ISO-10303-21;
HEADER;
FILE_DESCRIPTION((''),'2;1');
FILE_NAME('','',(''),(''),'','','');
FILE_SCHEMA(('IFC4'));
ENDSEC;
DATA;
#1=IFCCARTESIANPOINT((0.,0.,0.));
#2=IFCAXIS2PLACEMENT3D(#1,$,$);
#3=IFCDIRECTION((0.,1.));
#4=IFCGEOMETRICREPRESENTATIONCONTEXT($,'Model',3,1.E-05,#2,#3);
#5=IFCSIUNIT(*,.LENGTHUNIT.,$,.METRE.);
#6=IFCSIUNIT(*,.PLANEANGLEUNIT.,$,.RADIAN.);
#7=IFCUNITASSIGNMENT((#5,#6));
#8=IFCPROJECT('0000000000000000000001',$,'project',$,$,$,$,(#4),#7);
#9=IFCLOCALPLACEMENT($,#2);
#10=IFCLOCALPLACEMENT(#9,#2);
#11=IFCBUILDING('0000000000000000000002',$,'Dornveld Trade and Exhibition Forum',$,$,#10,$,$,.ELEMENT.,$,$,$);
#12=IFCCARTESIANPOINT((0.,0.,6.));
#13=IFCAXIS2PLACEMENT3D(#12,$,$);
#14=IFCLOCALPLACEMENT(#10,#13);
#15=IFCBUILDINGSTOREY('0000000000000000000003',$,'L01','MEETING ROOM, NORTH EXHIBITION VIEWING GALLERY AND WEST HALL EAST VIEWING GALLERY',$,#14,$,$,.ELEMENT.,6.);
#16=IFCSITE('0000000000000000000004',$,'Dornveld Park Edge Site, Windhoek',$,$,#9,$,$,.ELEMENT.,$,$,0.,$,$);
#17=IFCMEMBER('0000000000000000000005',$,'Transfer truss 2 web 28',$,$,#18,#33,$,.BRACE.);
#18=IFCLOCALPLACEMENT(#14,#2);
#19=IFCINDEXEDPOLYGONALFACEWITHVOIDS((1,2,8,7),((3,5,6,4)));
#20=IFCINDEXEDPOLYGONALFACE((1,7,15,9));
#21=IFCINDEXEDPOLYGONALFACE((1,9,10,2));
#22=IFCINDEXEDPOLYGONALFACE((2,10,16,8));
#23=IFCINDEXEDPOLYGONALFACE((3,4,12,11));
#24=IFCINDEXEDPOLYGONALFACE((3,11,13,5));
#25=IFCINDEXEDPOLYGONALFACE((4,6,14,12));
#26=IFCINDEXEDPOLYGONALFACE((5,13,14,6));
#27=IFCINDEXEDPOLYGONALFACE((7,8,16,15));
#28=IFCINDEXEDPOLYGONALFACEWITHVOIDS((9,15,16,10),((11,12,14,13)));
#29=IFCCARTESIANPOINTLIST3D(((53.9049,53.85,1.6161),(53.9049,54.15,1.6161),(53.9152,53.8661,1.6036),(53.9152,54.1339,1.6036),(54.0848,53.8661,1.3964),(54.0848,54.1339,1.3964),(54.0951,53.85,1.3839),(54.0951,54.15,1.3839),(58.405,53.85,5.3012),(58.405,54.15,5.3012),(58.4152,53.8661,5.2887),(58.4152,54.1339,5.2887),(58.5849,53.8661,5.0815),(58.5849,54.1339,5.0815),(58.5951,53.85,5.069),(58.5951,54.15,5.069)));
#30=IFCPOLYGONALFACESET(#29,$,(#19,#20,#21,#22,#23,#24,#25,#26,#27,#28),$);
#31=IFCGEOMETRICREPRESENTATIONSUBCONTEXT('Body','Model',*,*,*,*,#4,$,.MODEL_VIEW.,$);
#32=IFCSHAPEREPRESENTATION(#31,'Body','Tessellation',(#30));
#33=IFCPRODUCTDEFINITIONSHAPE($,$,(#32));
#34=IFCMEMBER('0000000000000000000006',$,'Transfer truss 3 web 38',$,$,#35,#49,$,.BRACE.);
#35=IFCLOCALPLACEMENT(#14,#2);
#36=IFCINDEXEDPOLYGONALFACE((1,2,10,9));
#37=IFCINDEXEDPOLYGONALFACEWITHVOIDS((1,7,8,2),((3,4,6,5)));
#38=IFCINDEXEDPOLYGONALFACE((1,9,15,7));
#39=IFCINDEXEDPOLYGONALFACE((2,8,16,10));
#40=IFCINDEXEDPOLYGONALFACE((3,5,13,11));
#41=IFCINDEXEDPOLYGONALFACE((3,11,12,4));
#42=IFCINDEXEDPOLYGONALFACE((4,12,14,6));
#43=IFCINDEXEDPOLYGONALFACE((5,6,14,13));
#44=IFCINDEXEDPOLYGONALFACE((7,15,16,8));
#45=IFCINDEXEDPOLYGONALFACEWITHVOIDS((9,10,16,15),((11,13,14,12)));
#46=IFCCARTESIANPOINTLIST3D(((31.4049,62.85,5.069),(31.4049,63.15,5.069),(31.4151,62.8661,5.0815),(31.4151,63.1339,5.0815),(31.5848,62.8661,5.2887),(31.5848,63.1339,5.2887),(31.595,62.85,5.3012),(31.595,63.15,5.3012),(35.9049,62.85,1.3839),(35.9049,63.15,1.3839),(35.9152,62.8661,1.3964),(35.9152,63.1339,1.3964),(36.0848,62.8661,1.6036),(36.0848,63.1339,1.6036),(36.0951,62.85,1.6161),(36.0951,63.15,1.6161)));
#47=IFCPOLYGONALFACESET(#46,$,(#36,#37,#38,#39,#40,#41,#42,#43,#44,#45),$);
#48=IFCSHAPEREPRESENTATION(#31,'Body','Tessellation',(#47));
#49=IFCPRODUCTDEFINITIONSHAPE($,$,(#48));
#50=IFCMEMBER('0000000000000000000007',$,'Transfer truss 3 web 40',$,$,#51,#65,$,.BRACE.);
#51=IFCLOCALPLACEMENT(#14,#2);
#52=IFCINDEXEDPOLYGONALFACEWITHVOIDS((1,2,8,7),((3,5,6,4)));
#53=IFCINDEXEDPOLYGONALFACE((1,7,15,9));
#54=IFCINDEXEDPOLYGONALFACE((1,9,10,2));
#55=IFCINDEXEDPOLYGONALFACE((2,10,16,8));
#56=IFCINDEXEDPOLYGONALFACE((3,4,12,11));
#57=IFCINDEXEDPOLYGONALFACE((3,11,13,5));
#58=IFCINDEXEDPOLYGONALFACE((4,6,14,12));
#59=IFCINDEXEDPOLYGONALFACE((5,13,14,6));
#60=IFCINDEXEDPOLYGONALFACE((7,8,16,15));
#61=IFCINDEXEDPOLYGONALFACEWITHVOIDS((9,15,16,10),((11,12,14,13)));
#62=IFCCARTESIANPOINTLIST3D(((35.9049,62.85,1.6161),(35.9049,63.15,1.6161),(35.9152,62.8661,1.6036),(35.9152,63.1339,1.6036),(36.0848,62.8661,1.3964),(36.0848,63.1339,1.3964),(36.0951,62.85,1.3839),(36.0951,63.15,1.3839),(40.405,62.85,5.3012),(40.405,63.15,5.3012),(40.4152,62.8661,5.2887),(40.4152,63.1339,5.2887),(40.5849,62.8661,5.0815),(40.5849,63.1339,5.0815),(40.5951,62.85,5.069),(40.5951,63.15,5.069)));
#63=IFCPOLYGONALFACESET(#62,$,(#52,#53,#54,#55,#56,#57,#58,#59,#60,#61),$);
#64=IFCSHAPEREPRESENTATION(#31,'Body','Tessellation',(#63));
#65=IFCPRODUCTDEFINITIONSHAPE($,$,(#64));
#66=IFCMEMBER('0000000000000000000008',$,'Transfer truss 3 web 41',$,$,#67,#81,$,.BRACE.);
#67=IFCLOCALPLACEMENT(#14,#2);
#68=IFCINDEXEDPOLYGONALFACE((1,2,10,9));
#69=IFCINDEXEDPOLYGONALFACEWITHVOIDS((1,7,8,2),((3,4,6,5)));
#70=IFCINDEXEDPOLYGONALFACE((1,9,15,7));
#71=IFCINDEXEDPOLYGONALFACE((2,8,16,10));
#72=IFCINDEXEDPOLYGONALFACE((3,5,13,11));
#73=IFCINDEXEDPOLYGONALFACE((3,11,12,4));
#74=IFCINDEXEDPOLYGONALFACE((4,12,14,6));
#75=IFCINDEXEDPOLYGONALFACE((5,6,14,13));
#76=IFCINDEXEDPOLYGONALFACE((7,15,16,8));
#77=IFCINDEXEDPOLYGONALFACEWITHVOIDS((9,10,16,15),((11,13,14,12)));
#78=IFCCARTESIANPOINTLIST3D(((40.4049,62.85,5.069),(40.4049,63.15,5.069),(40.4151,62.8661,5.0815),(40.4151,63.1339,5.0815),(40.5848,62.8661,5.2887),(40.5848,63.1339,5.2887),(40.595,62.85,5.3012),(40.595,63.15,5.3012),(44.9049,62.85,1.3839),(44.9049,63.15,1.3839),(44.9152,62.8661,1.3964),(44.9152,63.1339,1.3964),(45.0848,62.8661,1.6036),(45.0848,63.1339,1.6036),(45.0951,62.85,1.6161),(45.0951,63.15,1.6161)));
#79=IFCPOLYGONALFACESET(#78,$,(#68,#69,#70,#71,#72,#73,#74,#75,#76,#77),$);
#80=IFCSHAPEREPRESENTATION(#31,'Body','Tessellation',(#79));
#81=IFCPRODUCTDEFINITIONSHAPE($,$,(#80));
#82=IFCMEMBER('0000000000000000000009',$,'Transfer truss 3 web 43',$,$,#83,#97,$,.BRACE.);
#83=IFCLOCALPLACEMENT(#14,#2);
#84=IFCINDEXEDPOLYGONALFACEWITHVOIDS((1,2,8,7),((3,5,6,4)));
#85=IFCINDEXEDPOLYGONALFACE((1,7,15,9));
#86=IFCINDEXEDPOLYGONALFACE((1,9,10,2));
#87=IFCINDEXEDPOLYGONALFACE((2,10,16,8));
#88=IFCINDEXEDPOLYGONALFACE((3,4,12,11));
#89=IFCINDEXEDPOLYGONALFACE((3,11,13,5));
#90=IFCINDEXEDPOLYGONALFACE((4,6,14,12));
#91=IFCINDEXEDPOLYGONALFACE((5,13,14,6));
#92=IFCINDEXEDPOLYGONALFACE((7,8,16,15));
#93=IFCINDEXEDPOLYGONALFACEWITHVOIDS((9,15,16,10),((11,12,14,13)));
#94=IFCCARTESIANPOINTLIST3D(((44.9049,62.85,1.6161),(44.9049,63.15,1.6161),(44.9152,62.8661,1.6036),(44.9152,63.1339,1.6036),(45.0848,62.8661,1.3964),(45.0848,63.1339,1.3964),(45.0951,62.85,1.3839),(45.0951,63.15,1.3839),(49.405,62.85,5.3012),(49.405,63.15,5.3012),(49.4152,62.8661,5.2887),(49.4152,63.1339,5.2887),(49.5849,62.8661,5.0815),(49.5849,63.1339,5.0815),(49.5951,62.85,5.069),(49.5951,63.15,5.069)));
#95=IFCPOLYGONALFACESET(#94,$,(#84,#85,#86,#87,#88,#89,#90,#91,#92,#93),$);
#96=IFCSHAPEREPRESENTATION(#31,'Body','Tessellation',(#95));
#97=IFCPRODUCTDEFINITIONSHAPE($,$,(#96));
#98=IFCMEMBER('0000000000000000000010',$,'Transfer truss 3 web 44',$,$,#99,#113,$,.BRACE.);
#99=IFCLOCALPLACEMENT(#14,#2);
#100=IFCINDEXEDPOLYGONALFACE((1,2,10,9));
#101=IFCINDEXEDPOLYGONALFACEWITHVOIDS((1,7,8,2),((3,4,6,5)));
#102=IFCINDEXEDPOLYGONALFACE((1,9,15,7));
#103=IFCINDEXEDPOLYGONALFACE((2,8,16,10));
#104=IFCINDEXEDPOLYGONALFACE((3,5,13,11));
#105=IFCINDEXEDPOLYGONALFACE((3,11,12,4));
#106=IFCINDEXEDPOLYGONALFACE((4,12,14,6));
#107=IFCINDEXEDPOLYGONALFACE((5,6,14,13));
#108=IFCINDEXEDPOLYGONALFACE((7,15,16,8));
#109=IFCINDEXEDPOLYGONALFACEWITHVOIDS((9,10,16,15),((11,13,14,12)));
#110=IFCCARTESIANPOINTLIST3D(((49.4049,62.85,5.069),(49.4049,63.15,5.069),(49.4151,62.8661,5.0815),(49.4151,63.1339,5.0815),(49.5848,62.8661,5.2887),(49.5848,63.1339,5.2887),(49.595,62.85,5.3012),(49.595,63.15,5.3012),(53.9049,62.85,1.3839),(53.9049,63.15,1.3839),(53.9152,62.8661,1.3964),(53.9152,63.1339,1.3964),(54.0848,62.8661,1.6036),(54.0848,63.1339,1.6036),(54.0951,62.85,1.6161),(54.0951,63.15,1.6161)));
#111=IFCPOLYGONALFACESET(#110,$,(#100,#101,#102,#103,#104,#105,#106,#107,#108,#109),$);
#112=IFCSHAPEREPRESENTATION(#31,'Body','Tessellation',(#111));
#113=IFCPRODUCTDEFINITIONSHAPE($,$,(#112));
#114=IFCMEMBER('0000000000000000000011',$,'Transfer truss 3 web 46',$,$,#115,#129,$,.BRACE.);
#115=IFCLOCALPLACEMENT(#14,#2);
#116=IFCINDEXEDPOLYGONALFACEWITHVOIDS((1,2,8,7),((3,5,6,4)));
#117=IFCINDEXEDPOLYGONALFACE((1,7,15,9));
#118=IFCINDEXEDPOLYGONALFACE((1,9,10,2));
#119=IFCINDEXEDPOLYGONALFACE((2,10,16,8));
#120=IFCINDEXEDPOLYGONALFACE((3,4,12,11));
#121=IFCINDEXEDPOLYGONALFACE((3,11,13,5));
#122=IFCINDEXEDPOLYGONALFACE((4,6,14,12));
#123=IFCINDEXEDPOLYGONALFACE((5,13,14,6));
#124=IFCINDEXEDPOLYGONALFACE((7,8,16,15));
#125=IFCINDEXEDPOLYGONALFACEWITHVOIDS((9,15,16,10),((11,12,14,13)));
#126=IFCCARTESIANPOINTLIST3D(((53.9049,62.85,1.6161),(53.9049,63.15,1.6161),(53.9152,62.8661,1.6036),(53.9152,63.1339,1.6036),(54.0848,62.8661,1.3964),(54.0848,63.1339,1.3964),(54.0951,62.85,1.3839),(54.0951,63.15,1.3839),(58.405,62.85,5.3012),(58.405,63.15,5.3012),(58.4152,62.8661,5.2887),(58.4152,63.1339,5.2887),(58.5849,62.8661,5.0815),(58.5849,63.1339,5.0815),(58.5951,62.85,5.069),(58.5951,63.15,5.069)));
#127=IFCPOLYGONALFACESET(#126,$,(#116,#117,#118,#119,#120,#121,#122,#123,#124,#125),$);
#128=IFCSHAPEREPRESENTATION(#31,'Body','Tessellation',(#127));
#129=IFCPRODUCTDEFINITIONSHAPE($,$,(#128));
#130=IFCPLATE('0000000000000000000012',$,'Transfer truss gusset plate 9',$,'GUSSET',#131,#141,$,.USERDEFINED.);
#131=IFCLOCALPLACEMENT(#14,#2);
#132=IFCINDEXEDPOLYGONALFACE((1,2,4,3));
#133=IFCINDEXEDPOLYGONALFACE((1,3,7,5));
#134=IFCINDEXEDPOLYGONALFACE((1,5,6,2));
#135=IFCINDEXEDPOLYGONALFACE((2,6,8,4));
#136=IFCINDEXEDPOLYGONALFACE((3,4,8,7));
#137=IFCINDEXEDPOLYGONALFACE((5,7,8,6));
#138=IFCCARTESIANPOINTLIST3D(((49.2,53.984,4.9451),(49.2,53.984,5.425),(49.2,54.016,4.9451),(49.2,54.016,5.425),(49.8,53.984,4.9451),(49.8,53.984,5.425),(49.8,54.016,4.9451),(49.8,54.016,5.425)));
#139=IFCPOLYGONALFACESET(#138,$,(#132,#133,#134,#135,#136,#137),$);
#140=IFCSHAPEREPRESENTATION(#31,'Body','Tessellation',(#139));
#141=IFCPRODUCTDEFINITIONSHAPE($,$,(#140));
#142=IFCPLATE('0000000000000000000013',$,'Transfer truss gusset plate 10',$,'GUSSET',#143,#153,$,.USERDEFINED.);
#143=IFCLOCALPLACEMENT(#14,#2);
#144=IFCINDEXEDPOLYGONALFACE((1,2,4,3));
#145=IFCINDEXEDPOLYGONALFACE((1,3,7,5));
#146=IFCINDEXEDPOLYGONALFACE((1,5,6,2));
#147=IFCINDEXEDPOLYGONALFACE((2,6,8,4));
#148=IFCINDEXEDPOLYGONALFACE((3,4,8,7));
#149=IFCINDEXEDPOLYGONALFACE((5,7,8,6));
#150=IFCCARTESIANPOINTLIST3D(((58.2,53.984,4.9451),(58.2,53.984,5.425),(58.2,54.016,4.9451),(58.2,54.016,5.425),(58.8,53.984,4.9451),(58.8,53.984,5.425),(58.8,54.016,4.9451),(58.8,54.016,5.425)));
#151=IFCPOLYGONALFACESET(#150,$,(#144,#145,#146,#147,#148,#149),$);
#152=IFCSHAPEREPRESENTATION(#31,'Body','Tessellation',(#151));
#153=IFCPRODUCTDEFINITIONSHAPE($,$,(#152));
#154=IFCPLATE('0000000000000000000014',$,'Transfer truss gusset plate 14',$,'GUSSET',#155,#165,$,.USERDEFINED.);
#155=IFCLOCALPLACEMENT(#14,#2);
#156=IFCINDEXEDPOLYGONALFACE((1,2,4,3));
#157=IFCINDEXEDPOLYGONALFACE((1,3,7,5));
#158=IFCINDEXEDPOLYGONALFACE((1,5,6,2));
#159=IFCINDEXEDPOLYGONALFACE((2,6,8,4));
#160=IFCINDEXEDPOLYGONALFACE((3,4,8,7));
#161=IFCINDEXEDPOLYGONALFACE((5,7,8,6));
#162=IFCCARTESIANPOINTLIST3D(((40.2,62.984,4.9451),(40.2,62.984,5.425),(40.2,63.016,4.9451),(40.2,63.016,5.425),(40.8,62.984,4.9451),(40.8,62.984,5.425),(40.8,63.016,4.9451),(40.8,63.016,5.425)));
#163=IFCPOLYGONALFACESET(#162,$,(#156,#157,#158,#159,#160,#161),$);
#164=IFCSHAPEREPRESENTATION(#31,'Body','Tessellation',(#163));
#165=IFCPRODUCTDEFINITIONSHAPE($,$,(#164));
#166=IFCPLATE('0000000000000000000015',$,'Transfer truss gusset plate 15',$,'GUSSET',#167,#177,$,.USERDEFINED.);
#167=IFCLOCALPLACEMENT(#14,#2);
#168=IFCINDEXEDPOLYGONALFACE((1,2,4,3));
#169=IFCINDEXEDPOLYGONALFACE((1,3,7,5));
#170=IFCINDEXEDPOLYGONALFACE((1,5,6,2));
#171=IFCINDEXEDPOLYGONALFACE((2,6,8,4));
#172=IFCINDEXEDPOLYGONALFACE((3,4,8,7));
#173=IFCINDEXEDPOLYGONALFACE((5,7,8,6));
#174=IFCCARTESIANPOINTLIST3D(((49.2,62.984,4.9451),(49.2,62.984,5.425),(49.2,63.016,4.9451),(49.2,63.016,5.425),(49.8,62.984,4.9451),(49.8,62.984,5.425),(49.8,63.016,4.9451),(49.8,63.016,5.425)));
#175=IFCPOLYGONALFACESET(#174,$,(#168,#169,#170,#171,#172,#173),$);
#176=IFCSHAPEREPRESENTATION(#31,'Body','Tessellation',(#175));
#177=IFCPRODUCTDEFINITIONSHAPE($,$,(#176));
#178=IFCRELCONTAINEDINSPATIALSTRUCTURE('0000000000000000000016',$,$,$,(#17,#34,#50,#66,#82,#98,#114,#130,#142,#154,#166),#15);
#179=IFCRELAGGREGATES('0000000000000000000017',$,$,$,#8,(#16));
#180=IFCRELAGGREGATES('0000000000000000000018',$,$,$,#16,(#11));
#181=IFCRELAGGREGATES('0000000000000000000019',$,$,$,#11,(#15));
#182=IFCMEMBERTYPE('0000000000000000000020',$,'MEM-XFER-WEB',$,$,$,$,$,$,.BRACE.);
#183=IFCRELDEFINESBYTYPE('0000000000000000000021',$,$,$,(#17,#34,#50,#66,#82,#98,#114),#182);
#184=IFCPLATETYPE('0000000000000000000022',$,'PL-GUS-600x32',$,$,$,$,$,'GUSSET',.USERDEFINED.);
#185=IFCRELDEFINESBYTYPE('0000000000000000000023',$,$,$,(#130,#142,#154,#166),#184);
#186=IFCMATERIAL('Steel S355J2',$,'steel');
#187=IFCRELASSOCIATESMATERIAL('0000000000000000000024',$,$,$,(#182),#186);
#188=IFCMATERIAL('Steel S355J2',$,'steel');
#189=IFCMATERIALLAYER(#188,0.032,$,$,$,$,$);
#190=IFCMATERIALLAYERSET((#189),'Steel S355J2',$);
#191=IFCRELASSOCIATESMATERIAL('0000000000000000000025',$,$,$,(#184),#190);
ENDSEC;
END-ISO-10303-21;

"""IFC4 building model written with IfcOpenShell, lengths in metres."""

from ifc_helpers import new_model, si_unit, direction, frame, origin, origin_2d, place, context, subcontext, project, spatial, rectangle, hollow_rectangle, extrude, material, layer, layer_set, material_profile, profile_set, type_object, element, save


model = new_model("IFC4")

# Units and contexts
model_context = context("Model", 3, precision=1e-05, world=origin(), true_north=direction((0.0, 1.0)))
body_context = subcontext(model_context, "Body", "Model", "MODEL_VIEW")
ifc_project = project(units=[si_unit("LENGTHUNIT", "METRE"), si_unit("PLANEANGLEUNIT", "RADIAN")], contexts=[model_context])

# Site, building, storey
site_placement = place(None, origin())
site = spatial("IfcSite", under=ifc_project, at=site_placement, Name="Dornveld Park Edge Site, Windhoek", CompositionType="ELEMENT", RefElevation=0.0)
building_placement = place(site_placement, origin())
building = spatial("IfcBuilding", under=site, at=building_placement, Name="Dornveld Trade and Exhibition Forum", CompositionType="ELEMENT")
storey_placement = place(building_placement, frame((0.0, 0.0, 6.0)))
storey = spatial("IfcBuildingStorey", under=building, at=storey_placement, Name="L01", Description="MEETING ROOM, NORTH EXHIBITION VIEWING GALLERY AND WEST HALL EAST VIEWING GALLERY", CompositionType="ELEMENT", Elevation=6.0)

# Members
ifc_material_1 = material(Name="Steel S355J2", Category="steel")
ifc_material_profile_1 = material_profile(ifc_material_1, hollow_rectangle(XDim=0.3, YDim=0.3, WallThickness=0.0161, at=origin_2d()), Name="SHS 300x300x16")
ifc_profile_set_1 = profile_set([ifc_material_profile_1], Name="Steel S355J2")
member_type_1 = type_object("IfcMemberType", Name="MEM-XFER-WEB", PredefinedType="BRACE", material=ifc_profile_set_1)
for number, where, z_axis, x_axis, name in (
    (1, (54.0, 54.0, 1.5), (0.773684, 0.0, 0.633571), (0.0, 1.0, 0.0), "Transfer truss 2 web 28"),
    (2, (36.0, 63.0, 1.5), (-0.773684, 0.0, 0.633571), (0.0, -1.0, 0.0), "Transfer truss 3 web 38"),
    (3, (36.0, 63.0, 1.5), (0.773684, 0.0, 0.633571), (0.0, 1.0, 0.0), "Transfer truss 3 web 40"),
    (4, (45.0, 63.0, 1.5), (-0.773684, 0.0, 0.633571), (0.0, -1.0, 0.0), "Transfer truss 3 web 41"),
    (5, (45.0, 63.0, 1.5), (0.773684, 0.0, 0.633571), (0.0, 1.0, 0.0), "Transfer truss 3 web 43"),
    (6, (54.0, 63.0, 1.5), (-0.773684, 0.0, 0.633571), (0.0, -1.0, 0.0), "Transfer truss 3 web 44"),
    (7, (54.0, 63.0, 1.5), (0.773684, 0.0, 0.633571), (0.0, 1.0, 0.0), "Transfer truss 3 web 46"),
):
    element("IfcMember", number, at=place(storey_placement, frame(where, z_axis=z_axis, x_axis=x_axis)), inside=storey, type_object=member_type_1, Name=name, PredefinedType="BRACE", context=body_context, shape_type="SweptSolid", body=[
        extrude(hollow_rectangle(XDim=0.3, YDim=0.3, WallThickness=0.0161, at=origin_2d()), origin(), (0.0, 0.0, 1.0), 5.8164),
    ])

# Plates
ifc_material_2 = material(Name="Steel S355J2", Category="steel")
ifc_layer = layer(ifc_material_2, 0.032)
ifc_layer_set = layer_set([ifc_layer], Name="Steel S355J2")
plate_type = type_object("IfcPlateType", Name="PL-GUS-600x32", ElementType="GUSSET", PredefinedType="USERDEFINED", material=ifc_layer_set)
for number, where, z_axis, x_axis, name in (
    (8, (49.5, 54.0, 4.9451), (0.0, 0.0, 1.0), (1.0, 0.0, 0.0), "Transfer truss gusset plate 9"),
    (9, (58.5, 54.0, 4.9451), (0.0, 0.0, 1.0), (1.0, 0.0, 0.0), "Transfer truss gusset plate 10"),
    (10, (40.5, 63.0, 4.9451), (0.0, 0.0, 1.0), (1.0, 0.0, 0.0), "Transfer truss gusset plate 14"),
    (11, (49.5, 63.0, 4.9451), (0.0, 0.0, 1.0), (1.0, 0.0, 0.0), "Transfer truss gusset plate 15"),
):
    element("IfcPlate", number, at=place(storey_placement, frame(where, z_axis=z_axis, x_axis=x_axis)), inside=storey, type_object=plate_type, Name=name, ObjectType="GUSSET", PredefinedType="USERDEFINED", context=body_context, shape_type="SweptSolid", body=[
        extrude(rectangle(XDim=0.6001, YDim=0.032, at=origin_2d()), origin(), (0.0, 0.0, 1.0), 0.48),
    ])

save(model, "model.ifc")
